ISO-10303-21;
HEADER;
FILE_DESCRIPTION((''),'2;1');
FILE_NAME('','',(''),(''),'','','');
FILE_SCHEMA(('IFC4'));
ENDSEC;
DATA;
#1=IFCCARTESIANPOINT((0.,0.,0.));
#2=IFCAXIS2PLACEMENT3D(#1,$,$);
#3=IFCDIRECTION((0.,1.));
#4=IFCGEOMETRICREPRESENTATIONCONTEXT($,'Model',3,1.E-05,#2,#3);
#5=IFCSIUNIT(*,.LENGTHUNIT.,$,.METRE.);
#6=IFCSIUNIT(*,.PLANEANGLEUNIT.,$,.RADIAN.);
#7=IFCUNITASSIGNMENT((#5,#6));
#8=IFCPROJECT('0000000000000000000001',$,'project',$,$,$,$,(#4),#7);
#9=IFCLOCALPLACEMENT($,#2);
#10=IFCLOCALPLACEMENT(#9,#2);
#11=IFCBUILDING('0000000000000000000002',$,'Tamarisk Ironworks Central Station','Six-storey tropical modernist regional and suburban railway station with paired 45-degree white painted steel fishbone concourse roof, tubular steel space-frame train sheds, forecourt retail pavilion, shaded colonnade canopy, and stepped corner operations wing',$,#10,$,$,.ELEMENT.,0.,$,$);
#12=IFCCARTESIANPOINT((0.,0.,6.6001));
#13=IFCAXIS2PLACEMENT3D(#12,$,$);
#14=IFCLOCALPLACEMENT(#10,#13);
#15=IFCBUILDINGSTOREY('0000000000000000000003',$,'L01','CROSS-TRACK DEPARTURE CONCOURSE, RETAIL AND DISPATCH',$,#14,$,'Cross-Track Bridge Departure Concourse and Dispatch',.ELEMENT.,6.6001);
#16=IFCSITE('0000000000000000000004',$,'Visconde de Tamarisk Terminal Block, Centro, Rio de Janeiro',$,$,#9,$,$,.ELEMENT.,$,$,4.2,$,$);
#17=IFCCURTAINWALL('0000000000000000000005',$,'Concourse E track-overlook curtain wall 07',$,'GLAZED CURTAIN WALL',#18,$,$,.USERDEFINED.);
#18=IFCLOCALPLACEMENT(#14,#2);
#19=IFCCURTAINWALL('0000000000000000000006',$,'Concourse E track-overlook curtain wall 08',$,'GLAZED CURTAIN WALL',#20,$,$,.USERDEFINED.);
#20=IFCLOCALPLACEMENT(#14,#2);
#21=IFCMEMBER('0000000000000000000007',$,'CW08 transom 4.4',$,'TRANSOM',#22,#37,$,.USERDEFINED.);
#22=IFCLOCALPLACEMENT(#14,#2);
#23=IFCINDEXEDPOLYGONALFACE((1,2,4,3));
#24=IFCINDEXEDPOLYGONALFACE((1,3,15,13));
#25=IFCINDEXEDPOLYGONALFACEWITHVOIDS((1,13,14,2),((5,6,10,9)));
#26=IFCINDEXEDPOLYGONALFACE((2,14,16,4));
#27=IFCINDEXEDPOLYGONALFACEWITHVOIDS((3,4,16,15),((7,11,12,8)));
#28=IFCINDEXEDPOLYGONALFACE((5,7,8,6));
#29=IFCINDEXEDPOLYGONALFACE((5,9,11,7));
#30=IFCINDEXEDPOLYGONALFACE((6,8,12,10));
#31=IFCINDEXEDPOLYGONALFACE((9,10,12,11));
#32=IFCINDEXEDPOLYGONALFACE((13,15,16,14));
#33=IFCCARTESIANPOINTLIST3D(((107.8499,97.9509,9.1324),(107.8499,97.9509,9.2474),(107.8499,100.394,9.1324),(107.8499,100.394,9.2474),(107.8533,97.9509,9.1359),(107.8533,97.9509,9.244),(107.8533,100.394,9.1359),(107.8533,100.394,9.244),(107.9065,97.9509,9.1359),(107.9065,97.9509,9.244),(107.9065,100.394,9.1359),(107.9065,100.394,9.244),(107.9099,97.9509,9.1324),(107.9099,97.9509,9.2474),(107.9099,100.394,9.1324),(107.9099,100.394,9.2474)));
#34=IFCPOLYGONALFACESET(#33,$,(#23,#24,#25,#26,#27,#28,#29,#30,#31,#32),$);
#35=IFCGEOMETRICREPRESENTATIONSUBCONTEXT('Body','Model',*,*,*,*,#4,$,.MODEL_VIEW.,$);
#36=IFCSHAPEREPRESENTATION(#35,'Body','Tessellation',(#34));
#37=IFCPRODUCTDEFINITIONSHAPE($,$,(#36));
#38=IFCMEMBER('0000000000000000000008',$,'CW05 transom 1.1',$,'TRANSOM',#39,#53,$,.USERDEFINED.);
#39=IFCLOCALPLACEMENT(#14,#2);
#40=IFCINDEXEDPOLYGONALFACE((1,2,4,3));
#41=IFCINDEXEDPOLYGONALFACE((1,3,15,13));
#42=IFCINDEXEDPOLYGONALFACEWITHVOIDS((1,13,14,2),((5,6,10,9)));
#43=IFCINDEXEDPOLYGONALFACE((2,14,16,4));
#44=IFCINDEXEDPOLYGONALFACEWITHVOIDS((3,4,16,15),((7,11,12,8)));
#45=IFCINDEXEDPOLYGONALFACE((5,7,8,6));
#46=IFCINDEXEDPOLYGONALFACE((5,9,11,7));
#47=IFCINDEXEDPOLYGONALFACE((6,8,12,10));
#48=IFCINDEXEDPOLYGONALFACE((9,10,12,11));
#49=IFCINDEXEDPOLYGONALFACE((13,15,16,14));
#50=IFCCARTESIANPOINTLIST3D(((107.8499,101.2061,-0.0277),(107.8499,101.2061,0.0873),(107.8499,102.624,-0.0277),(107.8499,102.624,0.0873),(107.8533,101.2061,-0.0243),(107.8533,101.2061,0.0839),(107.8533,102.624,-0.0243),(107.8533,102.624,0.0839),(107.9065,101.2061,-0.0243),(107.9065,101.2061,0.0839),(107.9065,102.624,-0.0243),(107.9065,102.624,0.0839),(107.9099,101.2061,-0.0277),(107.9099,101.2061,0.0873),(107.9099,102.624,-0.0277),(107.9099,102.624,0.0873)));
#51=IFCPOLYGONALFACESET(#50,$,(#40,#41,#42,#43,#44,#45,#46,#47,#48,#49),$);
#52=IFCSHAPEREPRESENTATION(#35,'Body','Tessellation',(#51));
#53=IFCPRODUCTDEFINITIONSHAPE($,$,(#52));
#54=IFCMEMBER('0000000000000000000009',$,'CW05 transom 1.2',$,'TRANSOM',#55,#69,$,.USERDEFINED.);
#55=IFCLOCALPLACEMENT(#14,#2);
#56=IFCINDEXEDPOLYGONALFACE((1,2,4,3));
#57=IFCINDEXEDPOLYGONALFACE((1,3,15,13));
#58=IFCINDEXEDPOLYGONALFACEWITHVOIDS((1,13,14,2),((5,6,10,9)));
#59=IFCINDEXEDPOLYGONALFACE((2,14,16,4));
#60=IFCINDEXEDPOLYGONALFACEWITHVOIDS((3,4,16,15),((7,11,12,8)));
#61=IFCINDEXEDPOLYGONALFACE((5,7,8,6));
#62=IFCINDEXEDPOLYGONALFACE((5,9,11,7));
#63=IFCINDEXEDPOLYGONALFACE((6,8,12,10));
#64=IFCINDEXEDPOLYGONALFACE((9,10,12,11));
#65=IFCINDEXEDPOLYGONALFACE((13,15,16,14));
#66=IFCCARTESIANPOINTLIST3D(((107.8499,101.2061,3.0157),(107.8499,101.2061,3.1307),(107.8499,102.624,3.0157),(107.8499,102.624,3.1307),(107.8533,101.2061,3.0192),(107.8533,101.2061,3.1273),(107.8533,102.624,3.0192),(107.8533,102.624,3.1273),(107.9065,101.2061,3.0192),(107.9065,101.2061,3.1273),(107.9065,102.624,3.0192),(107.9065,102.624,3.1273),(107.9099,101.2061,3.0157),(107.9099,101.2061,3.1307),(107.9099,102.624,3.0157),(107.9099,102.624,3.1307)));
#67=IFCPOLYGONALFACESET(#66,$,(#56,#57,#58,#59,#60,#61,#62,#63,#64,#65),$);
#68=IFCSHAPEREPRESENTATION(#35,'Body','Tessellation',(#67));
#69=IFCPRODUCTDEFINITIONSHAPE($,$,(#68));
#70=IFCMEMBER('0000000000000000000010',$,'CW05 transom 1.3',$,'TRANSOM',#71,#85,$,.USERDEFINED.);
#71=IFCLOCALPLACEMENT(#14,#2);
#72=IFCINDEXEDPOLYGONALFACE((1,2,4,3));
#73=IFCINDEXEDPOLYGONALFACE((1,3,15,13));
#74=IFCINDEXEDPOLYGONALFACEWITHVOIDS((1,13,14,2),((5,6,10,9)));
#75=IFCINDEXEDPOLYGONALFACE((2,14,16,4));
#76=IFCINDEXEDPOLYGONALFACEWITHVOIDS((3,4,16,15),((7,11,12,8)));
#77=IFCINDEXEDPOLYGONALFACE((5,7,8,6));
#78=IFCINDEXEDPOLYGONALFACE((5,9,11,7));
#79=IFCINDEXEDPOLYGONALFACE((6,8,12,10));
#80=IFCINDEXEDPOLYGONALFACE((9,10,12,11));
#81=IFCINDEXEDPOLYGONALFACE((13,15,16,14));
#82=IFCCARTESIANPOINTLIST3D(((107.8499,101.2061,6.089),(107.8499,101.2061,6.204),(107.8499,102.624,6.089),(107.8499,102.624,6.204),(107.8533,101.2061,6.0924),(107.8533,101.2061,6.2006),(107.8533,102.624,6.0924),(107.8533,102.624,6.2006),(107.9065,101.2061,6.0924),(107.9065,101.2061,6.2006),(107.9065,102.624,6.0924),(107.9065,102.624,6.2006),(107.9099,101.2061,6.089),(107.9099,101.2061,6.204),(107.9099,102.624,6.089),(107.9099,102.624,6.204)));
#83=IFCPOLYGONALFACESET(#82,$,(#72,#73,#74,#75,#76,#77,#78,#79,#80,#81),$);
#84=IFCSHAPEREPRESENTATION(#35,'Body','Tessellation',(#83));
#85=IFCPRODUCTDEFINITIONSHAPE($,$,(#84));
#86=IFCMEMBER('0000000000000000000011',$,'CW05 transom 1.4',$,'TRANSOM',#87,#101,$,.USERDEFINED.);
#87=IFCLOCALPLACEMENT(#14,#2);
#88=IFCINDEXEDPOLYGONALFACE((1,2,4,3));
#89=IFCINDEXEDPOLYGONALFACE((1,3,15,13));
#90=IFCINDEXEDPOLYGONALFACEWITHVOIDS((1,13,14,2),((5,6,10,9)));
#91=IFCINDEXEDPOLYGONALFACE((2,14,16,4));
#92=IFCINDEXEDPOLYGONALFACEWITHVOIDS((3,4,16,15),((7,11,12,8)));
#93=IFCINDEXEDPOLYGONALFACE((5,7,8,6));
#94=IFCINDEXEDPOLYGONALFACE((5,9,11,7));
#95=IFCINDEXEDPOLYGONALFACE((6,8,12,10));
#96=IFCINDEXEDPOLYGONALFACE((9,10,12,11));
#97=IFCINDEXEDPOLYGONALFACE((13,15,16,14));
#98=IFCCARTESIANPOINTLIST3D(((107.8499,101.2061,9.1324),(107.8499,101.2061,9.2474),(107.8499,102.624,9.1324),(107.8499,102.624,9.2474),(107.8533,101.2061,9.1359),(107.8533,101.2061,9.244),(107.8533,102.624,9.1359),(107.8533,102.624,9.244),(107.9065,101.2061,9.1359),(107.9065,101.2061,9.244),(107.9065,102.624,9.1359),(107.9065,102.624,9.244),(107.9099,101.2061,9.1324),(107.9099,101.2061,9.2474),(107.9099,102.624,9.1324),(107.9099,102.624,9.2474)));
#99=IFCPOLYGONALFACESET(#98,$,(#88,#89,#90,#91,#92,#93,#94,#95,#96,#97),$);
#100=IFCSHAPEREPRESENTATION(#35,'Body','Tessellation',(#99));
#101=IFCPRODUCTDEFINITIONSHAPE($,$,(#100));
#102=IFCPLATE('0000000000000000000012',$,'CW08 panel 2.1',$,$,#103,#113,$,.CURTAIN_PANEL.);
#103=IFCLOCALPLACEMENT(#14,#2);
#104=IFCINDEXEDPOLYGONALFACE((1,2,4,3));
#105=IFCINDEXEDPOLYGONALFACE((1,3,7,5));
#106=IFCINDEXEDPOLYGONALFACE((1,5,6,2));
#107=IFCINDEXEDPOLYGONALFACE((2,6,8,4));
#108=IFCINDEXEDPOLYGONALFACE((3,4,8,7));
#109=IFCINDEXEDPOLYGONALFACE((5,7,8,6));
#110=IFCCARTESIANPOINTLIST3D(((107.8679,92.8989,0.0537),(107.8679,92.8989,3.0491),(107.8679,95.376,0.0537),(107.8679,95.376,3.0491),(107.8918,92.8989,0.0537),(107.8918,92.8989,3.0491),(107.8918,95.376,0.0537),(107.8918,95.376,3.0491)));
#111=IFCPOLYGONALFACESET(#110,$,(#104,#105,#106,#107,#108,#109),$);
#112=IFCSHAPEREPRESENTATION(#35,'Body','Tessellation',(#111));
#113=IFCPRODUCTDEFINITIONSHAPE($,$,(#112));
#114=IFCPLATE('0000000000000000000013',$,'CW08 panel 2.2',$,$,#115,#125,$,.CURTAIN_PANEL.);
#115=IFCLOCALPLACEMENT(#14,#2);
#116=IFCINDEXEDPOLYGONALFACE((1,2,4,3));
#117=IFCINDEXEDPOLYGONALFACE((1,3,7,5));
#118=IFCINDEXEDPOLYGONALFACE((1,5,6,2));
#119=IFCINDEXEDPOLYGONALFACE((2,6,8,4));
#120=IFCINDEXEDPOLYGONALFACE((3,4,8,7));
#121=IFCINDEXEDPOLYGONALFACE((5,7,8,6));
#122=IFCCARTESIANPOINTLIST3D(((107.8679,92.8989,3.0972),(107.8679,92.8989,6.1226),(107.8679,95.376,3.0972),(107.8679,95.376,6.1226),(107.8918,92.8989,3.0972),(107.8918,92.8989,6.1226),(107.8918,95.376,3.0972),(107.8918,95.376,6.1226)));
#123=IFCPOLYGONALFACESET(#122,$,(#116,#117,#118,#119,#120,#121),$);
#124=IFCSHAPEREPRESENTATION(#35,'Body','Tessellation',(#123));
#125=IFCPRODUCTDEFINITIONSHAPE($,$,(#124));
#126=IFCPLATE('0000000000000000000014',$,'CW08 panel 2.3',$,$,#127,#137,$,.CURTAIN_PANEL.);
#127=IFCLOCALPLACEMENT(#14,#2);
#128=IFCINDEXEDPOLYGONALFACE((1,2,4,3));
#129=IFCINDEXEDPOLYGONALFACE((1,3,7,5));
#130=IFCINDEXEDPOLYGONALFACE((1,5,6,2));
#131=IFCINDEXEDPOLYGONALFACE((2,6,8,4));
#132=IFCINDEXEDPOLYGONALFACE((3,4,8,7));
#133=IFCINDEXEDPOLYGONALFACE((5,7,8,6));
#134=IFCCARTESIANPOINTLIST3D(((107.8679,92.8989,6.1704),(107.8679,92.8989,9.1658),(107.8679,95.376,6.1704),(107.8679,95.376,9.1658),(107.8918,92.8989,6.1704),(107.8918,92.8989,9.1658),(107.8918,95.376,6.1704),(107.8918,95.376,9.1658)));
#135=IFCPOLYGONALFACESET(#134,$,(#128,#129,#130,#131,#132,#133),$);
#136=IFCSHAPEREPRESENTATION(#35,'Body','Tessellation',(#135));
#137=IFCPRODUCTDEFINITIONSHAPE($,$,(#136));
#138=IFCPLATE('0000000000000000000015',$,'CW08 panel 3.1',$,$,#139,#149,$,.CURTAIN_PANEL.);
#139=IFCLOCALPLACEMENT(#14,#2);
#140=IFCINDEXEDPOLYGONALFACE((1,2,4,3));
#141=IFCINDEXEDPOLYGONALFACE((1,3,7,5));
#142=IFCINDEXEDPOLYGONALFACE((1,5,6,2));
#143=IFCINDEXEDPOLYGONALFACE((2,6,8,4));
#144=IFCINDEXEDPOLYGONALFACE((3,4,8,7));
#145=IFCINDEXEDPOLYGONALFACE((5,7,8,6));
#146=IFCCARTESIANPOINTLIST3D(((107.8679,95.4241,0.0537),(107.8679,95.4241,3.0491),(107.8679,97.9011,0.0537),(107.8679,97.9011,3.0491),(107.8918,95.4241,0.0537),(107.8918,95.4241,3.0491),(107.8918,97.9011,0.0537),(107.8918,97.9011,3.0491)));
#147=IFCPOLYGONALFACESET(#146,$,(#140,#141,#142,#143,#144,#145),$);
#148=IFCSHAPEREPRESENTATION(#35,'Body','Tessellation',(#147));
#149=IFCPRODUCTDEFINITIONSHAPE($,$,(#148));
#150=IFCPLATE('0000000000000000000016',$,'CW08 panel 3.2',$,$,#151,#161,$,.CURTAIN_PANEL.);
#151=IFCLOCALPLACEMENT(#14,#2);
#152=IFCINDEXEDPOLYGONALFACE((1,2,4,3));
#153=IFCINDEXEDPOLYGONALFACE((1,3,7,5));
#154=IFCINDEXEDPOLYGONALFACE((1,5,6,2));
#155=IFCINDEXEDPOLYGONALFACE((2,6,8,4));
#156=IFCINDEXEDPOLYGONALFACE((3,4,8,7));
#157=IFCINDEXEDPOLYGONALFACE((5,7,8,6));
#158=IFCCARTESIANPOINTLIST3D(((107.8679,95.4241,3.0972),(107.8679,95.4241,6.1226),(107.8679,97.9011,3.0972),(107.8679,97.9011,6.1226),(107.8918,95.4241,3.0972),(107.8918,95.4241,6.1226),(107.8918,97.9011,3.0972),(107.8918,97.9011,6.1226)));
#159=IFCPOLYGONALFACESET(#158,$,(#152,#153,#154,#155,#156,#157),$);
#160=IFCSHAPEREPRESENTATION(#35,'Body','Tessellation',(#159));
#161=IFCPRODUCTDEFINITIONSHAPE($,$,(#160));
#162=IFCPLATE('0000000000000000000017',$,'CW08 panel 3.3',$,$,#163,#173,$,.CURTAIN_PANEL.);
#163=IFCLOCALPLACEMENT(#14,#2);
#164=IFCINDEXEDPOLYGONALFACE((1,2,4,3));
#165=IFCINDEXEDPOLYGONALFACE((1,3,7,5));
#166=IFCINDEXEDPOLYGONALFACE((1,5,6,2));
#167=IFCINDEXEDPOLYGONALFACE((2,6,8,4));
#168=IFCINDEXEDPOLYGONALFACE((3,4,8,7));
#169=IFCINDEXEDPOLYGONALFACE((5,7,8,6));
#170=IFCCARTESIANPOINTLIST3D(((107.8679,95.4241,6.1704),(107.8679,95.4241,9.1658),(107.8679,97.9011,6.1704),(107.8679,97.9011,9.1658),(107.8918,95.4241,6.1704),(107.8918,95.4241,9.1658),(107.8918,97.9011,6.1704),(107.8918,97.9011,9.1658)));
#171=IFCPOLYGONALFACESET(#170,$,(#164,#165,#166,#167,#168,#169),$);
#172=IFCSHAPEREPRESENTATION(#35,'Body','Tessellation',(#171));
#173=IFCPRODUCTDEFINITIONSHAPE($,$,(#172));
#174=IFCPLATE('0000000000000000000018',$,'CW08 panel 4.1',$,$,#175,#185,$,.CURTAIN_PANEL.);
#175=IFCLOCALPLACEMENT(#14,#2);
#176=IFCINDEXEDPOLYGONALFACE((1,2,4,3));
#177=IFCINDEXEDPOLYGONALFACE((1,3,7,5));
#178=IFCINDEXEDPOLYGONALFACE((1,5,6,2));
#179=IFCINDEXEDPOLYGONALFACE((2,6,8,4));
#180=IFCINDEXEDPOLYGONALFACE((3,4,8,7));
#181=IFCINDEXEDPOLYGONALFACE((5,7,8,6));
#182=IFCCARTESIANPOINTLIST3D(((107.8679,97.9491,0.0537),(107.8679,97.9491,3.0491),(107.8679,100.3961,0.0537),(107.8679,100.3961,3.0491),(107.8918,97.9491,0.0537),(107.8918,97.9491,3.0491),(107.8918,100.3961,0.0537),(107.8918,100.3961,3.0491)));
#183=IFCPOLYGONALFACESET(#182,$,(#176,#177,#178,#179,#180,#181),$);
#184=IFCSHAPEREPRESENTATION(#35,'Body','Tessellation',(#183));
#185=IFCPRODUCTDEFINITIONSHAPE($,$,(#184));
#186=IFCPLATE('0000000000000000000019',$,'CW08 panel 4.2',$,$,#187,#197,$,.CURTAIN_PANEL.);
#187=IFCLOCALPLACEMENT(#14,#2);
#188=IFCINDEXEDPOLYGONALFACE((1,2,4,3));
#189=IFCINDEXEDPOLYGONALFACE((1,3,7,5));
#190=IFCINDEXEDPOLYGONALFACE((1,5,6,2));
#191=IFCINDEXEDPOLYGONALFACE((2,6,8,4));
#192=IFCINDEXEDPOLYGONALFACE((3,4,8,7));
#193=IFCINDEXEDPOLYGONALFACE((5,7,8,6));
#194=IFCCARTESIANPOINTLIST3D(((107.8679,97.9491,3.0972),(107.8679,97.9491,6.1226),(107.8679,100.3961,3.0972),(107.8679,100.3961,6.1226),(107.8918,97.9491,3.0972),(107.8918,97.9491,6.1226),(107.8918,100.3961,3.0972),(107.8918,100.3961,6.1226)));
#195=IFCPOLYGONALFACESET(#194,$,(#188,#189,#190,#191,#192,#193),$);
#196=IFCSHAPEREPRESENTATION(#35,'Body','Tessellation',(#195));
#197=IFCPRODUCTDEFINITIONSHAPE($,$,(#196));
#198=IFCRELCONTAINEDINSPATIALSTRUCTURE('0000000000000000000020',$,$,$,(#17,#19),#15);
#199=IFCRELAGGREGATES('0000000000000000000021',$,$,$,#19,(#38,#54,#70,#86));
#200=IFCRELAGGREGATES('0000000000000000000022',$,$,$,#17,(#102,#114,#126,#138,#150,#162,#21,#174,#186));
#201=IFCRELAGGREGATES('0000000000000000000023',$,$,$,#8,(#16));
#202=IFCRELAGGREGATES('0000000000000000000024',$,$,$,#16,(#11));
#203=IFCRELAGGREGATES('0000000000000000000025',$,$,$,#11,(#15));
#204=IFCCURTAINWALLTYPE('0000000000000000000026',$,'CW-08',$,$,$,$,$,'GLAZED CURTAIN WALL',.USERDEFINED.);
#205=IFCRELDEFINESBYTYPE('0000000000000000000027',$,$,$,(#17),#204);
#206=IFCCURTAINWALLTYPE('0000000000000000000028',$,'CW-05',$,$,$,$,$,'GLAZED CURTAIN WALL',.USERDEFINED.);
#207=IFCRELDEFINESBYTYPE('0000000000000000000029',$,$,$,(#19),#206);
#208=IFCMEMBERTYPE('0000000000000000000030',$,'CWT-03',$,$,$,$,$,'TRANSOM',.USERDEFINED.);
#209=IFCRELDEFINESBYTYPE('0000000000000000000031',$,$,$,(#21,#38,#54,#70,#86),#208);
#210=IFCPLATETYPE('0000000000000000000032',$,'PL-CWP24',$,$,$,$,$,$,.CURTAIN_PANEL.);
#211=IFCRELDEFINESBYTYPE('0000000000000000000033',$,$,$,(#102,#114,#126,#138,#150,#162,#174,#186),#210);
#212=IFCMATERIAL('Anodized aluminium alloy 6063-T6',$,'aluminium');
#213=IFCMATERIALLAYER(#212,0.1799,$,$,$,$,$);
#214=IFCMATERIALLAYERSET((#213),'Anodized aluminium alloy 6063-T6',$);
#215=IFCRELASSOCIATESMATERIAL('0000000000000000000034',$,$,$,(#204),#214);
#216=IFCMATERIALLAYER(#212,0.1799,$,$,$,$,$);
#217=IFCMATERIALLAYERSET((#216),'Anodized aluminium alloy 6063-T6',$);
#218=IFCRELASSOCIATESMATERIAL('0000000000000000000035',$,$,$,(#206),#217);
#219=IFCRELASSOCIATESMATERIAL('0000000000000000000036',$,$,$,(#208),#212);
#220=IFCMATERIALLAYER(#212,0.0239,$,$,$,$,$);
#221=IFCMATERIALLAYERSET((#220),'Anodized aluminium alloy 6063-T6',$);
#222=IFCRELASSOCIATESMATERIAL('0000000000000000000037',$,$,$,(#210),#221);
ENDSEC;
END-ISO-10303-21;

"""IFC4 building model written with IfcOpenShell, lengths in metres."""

from ifc_helpers import new_model, si_unit, direction, frame, origin, origin_2d, place, context, subcontext, project, spatial, rectangle, hollow_rectangle, extrude, material, layer, layer_set, material_profile, profile_set, type_object, element, aggregate, save


model = new_model("IFC4")

# Units and contexts
model_context = context("Model", 3, precision=1e-05, world=origin(), true_north=direction((0.0, 1.0)))
body_context = subcontext(model_context, "Body", "Model", "MODEL_VIEW")
ifc_project = project(units=[si_unit("LENGTHUNIT", "METRE"), si_unit("PLANEANGLEUNIT", "RADIAN")], contexts=[model_context])

# Site, building, storey
site_placement = place(None, origin())
site = spatial("IfcSite", under=ifc_project, at=site_placement, Name="Visconde de Tamarisk Terminal Block, Centro, Rio de Janeiro", CompositionType="ELEMENT", RefElevation=4.2)
building_placement = place(site_placement, origin())
building = spatial("IfcBuilding", under=site, at=building_placement, Name="Tamarisk Ironworks Central Station", Description="Six-storey tropical modernist regional and suburban railway station with paired 45-degree white painted steel fishbone concourse roof, tubular steel space-frame train sheds, forecourt retail pavilion, shaded colonnade canopy, and stepped corner operations wing", CompositionType="ELEMENT", ElevationOfRefHeight=0.0)
storey_placement = place(building_placement, frame((0.0, 0.0, 6.6001)))
storey = spatial("IfcBuildingStorey", under=building, at=storey_placement, Name="L01", Description="CROSS-TRACK DEPARTURE CONCOURSE, RETAIL AND DISPATCH", LongName="Cross-Track Bridge Departure Concourse and Dispatch", CompositionType="ELEMENT", Elevation=6.6001)

# Curtain wall
ifc_material = material(Name="Anodized aluminium alloy 6063-T6", Category="aluminium")
ifc_layer_1 = layer(ifc_material, 0.1799)
ifc_layer_set_1 = layer_set([ifc_layer_1], Name="Anodized aluminium alloy 6063-T6")
curtain_wall_type_1 = type_object("IfcCurtainWallType", Name="CW-08", ElementType="GLAZED CURTAIN WALL", PredefinedType="USERDEFINED", material=ifc_layer_set_1)
curtain_wall_1_placement = place(storey_placement, origin())
curtain_wall_1 = element("IfcCurtainWall", 1, at=curtain_wall_1_placement, inside=storey, type_object=curtain_wall_type_1, Name="Concourse E track-overlook curtain wall 07", ObjectType="GLAZED CURTAIN WALL", PredefinedType="USERDEFINED")

# Curtain wall
ifc_layer_2 = layer(ifc_material, 0.1799)
ifc_layer_set_2 = layer_set([ifc_layer_2], Name="Anodized aluminium alloy 6063-T6")
curtain_wall_type_2 = type_object("IfcCurtainWallType", Name="CW-05", ElementType="GLAZED CURTAIN WALL", PredefinedType="USERDEFINED", material=ifc_layer_set_2)
curtain_wall_2_placement = place(storey_placement, origin())
curtain_wall_2 = element("IfcCurtainWall", 2, at=curtain_wall_2_placement, inside=storey, type_object=curtain_wall_type_2, Name="Concourse E track-overlook curtain wall 08", ObjectType="GLAZED CURTAIN WALL", PredefinedType="USERDEFINED")

# Members
ifc_material_profile_1 = material_profile(ifc_material, hollow_rectangle(XDim=0.0601, YDim=0.115, WallThickness=0.0034, at=origin_2d()), Name="ALUM 115x60")
ifc_profile_set_1 = profile_set([ifc_material_profile_1], Name="Anodized aluminium alloy 6063-T6")
member_type_1 = type_object("IfcMemberType", Name="CWT-03", ElementType="TRANSOM", PredefinedType="USERDEFINED", material=ifc_profile_set_1)
member_1_placement = place(storey_placement, frame((107.8799, 97.9509, 9.1899), z_axis=(0.0, 1.0, 0.0), x_axis=(-1.0, 0.0, 0.0)))
member_1 = element("IfcMember", 3, at=member_1_placement, type_object=member_type_1, Name="CW08 transom 4.4", ObjectType="TRANSOM", PredefinedType="USERDEFINED", context=body_context, shape_type="SweptSolid", body=[
    extrude(hollow_rectangle(XDim=0.0601, YDim=0.115, WallThickness=0.0034, at=origin_2d()), origin(), (0.0, 0.0, 1.0), 2.4431),
])
member_2_placement = place(storey_placement, frame((107.8799, 101.2061, 0.0298), z_axis=(0.0, 1.0, 0.0), x_axis=(-1.0, 0.0, 0.0)))
member_2 = element("IfcMember", 4, at=member_2_placement, type_object=member_type_1, Name="CW05 transom 1.1", ObjectType="TRANSOM", PredefinedType="USERDEFINED", context=body_context, shape_type="SweptSolid", body=[
    extrude(hollow_rectangle(XDim=0.0601, YDim=0.115, WallThickness=0.0034, at=origin_2d()), origin(), (0.0, 0.0, 1.0), 1.418),
])
member_3_placement = place(storey_placement, frame((107.8799, 101.2061, 3.0732), z_axis=(0.0, 1.0, 0.0), x_axis=(-1.0, 0.0, 0.0)))
member_3 = element("IfcMember", 5, at=member_3_placement, type_object=member_type_1, Name="CW05 transom 1.2", ObjectType="TRANSOM", PredefinedType="USERDEFINED", context=body_context, shape_type="SweptSolid", body=[
    extrude(hollow_rectangle(XDim=0.0601, YDim=0.115, WallThickness=0.0034, at=origin_2d()), origin(), (0.0, 0.0, 1.0), 1.418),
])
member_4_placement = place(storey_placement, frame((107.8799, 101.2061, 6.1465), z_axis=(0.0, 1.0, 0.0), x_axis=(-1.0, 0.0, 0.0)))
member_4 = element("IfcMember", 6, at=member_4_placement, type_object=member_type_1, Name="CW05 transom 1.3", ObjectType="TRANSOM", PredefinedType="USERDEFINED", context=body_context, shape_type="SweptSolid", body=[
    extrude(hollow_rectangle(XDim=0.0601, YDim=0.115, WallThickness=0.0034, at=origin_2d()), origin(), (0.0, 0.0, 1.0), 1.418),
])
member_5_placement = place(storey_placement, frame((107.8799, 101.2061, 9.1899), z_axis=(0.0, 1.0, 0.0), x_axis=(-1.0, 0.0, 0.0)))
member_5 = element("IfcMember", 7, at=member_5_placement, type_object=member_type_1, Name="CW05 transom 1.4", ObjectType="TRANSOM", PredefinedType="USERDEFINED", context=body_context, shape_type="SweptSolid", body=[
    extrude(hollow_rectangle(XDim=0.0601, YDim=0.115, WallThickness=0.0034, at=origin_2d()), origin(), (0.0, 0.0, 1.0), 1.418),
])
aggregate(curtain_wall_2, [member_2, member_3, member_4, member_5])

# Plates
ifc_layer_3 = layer(ifc_material, 0.0239)
ifc_layer_set_3 = layer_set([ifc_layer_3], Name="Anodized aluminium alloy 6063-T6")
plate_type = type_object("IfcPlateType", Name="PL-CWP24", PredefinedType="CURTAIN_PANEL", material=ifc_layer_set_3)
plate_1_placement = place(storey_placement, frame((107.8799, 94.1375, 0.0537), z_axis=(0.0, 0.0, 1.0), x_axis=(0.0, 1.0, 0.0)))
plate_1 = element("IfcPlate", 8, at=plate_1_placement, type_object=plate_type, Name="CW08 panel 2.1", PredefinedType="CURTAIN_PANEL", context=body_context, shape_type="SweptSolid", body=[
    extrude(rectangle(XDim=2.4771, YDim=0.0239, at=origin_2d()), origin(), (0.0, 0.0, 1.0), 2.9954),
])
plate_2_placement = place(storey_placement, frame((107.8799, 94.1375, 3.0972), z_axis=(0.0, 0.0, 1.0), x_axis=(0.0, 1.0, 0.0)))
plate_2 = element("IfcPlate", 9, at=plate_2_placement, type_object=plate_type, Name="CW08 panel 2.2", PredefinedType="CURTAIN_PANEL", context=body_context, shape_type="SweptSolid", body=[
    extrude(rectangle(XDim=2.4771, YDim=0.0239, at=origin_2d()), origin(), (0.0, 0.0, 1.0), 3.0254),
])
plate_3_placement = place(storey_placement, frame((107.8799, 94.1375, 6.1704), z_axis=(0.0, 0.0, 1.0), x_axis=(0.0, 1.0, 0.0)))
plate_3 = element("IfcPlate", 10, at=plate_3_placement, type_object=plate_type, Name="CW08 panel 2.3", PredefinedType="CURTAIN_PANEL", context=body_context, shape_type="SweptSolid", body=[
    extrude(rectangle(XDim=2.4771, YDim=0.0239, at=origin_2d()), origin(), (0.0, 0.0, 1.0), 2.9954),
])
plate_4_placement = place(storey_placement, frame((107.8799, 96.6626, 0.0537), z_axis=(0.0, 0.0, 1.0), x_axis=(0.0, 1.0, 0.0)))
plate_4 = element("IfcPlate", 11, at=plate_4_placement, type_object=plate_type, Name="CW08 panel 3.1", PredefinedType="CURTAIN_PANEL", context=body_context, shape_type="SweptSolid", body=[
    extrude(rectangle(XDim=2.4771, YDim=0.0239, at=origin_2d()), origin(), (0.0, 0.0, 1.0), 2.9954),
])
plate_5_placement = place(storey_placement, frame((107.8799, 96.6626, 3.0972), z_axis=(0.0, 0.0, 1.0), x_axis=(0.0, 1.0, 0.0)))
plate_5 = element("IfcPlate", 12, at=plate_5_placement, type_object=plate_type, Name="CW08 panel 3.2", PredefinedType="CURTAIN_PANEL", context=body_context, shape_type="SweptSolid", body=[
    extrude(rectangle(XDim=2.4771, YDim=0.0239, at=origin_2d()), origin(), (0.0, 0.0, 1.0), 3.0254),
])
plate_6_placement = place(storey_placement, frame((107.8799, 96.6626, 6.1704), z_axis=(0.0, 0.0, 1.0), x_axis=(0.0, 1.0, 0.0)))
plate_6 = element("IfcPlate", 13, at=plate_6_placement, type_object=plate_type, Name="CW08 panel 3.3", PredefinedType="CURTAIN_PANEL", context=body_context, shape_type="SweptSolid", body=[
    extrude(rectangle(XDim=2.4771, YDim=0.0239, at=origin_2d()), origin(), (0.0, 0.0, 1.0), 2.9954),
])
plate_7_placement = place(storey_placement, frame((107.8799, 99.1726, 0.0537), z_axis=(0.0, 0.0, 1.0), x_axis=(0.0, 1.0, 0.0)))
plate_7 = element("IfcPlate", 14, at=plate_7_placement, type_object=plate_type, Name="CW08 panel 4.1", PredefinedType="CURTAIN_PANEL", context=body_context, shape_type="SweptSolid", body=[
    extrude(rectangle(XDim=2.447, YDim=0.0239, at=origin_2d()), origin(), (0.0, 0.0, 1.0), 2.9954),
])
plate_8_placement = place(storey_placement, frame((107.8799, 99.1726, 3.0972), z_axis=(0.0, 0.0, 1.0), x_axis=(0.0, 1.0, 0.0)))
plate_8 = element("IfcPlate", 15, at=plate_8_placement, type_object=plate_type, Name="CW08 panel 4.2", PredefinedType="CURTAIN_PANEL", context=body_context, shape_type="SweptSolid", body=[
    extrude(rectangle(XDim=2.447, YDim=0.0239, at=origin_2d()), origin(), (0.0, 0.0, 1.0), 3.0254),
])
aggregate(curtain_wall_1, [plate_1, plate_2, plate_3, plate_4, plate_5, plate_6, member_1, plate_7, plate_8])

save(model, "model.ifc")
